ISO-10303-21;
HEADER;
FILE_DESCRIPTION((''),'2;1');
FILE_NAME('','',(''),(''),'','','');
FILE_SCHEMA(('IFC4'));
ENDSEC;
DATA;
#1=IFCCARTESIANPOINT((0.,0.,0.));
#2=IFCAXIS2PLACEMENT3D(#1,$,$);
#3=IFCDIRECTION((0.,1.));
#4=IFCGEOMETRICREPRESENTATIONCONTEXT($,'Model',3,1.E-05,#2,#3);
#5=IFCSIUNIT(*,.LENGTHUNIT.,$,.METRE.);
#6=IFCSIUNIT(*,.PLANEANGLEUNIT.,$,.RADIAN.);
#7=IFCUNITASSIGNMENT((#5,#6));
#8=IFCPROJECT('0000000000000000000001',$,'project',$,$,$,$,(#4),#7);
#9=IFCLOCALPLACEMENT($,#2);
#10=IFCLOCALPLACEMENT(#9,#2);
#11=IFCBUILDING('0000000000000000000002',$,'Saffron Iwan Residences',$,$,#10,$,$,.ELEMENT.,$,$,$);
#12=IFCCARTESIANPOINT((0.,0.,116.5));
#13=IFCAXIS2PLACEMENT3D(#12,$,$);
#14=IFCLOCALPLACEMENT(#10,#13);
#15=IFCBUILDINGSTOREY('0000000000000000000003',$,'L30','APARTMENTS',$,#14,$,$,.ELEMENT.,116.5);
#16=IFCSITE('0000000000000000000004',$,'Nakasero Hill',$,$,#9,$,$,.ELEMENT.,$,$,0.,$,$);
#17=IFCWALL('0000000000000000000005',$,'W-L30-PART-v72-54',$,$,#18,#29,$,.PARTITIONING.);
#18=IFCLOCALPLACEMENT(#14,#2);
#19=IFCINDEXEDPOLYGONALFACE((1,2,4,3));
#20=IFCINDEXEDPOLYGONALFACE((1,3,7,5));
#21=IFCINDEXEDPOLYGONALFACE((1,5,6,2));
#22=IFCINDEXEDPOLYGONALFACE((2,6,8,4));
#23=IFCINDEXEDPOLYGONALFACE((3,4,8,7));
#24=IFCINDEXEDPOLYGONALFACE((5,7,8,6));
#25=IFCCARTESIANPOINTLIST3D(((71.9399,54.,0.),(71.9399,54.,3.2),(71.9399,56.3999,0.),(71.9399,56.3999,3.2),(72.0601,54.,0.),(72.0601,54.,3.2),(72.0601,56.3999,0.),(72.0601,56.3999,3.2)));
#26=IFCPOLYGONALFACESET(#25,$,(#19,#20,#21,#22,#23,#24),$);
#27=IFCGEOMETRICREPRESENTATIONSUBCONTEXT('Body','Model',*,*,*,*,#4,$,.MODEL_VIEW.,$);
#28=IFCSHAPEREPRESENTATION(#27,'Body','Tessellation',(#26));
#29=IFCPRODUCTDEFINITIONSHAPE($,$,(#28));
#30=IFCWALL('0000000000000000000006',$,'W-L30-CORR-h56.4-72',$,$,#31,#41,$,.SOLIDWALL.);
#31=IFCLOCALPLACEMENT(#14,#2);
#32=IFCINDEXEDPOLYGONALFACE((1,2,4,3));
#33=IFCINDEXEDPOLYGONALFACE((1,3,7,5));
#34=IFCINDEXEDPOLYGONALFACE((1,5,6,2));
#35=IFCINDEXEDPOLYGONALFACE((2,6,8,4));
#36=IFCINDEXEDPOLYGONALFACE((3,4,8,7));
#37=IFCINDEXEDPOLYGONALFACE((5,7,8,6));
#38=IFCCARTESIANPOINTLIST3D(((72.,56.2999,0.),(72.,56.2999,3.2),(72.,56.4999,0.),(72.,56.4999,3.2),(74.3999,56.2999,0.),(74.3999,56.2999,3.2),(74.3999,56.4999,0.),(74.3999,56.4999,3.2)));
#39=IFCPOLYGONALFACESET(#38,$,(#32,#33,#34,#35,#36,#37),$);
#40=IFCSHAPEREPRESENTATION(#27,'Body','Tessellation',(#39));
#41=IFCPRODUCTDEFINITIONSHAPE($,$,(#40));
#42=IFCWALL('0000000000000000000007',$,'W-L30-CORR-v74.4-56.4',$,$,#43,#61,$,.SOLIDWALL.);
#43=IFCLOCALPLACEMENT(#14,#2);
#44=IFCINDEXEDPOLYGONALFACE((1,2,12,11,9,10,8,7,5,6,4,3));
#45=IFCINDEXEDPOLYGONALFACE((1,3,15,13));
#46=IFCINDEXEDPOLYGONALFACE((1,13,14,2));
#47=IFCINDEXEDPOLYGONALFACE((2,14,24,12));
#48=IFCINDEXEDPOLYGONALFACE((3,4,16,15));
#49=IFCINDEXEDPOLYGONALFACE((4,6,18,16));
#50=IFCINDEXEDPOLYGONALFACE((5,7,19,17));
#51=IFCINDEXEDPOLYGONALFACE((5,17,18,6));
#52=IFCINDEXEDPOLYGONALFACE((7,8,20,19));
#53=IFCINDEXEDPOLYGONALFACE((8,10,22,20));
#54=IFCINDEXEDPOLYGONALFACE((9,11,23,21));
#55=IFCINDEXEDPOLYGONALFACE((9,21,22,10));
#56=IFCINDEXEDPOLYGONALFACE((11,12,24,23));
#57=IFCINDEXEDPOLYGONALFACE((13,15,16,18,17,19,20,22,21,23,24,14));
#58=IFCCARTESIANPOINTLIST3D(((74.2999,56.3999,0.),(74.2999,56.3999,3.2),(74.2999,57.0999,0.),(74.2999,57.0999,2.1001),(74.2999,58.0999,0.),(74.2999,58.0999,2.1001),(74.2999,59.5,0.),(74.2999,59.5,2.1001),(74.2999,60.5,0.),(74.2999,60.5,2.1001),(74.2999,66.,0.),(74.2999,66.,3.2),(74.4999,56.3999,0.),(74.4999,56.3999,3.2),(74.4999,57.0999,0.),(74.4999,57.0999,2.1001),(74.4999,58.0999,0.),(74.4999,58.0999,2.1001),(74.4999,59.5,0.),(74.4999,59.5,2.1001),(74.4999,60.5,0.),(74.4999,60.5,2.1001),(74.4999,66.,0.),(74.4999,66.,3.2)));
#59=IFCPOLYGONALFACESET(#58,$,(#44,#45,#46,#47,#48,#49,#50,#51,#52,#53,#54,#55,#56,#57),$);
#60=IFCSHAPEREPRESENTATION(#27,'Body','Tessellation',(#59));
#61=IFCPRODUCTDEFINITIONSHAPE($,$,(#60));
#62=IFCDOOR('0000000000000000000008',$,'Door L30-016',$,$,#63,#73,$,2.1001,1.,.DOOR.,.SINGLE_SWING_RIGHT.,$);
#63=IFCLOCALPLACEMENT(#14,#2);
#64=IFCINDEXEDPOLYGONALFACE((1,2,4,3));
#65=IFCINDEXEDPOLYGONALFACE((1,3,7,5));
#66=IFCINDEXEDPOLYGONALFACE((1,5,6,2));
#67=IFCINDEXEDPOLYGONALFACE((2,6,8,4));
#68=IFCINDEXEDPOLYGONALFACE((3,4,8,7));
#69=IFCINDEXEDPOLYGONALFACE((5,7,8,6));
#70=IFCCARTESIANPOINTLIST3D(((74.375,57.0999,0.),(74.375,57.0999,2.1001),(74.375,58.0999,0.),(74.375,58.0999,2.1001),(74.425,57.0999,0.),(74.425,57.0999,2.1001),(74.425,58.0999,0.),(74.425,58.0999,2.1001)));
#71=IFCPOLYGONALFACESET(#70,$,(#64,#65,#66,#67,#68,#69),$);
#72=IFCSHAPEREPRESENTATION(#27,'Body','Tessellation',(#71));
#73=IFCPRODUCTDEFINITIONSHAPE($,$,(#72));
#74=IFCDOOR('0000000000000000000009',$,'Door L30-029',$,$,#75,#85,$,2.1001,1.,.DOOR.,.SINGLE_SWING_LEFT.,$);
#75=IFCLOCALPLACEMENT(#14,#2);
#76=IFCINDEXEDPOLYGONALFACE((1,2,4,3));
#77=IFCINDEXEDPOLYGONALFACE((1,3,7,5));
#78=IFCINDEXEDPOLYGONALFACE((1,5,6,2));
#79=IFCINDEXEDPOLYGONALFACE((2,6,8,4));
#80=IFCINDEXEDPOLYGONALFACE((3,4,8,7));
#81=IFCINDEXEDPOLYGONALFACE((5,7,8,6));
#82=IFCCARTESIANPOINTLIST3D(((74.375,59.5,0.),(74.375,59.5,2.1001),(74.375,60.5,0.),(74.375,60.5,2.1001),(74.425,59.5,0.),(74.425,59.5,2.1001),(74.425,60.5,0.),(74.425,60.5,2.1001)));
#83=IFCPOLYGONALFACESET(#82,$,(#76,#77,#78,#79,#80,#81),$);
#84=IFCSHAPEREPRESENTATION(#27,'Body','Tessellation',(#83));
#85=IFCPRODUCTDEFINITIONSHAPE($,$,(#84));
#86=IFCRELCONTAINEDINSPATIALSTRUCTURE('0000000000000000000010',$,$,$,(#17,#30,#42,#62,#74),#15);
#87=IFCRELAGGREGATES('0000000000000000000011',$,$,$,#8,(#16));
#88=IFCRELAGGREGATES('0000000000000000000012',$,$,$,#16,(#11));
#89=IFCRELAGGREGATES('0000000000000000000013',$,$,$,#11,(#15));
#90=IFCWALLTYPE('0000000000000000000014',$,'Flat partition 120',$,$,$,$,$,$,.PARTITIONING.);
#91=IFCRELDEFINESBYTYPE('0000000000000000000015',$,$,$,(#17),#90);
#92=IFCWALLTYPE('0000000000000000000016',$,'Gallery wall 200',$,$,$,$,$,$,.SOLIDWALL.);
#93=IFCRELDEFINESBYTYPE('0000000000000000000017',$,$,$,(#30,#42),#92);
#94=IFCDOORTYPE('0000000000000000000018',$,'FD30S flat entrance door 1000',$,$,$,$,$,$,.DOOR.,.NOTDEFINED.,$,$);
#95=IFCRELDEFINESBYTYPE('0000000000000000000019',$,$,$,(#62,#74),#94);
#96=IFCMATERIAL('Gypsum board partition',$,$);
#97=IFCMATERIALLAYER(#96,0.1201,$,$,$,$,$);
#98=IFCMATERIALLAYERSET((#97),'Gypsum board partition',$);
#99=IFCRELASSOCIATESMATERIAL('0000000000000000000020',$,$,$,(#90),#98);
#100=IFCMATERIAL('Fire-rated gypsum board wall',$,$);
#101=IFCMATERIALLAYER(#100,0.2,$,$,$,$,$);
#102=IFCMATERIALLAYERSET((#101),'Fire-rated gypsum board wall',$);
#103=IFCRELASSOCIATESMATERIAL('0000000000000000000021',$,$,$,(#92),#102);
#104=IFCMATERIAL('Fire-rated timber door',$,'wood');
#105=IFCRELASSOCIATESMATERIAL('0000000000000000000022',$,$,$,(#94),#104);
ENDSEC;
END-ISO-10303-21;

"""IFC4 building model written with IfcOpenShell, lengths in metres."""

from ifc_helpers import new_model, si_unit, direction, frame, frame_2d, origin, place, context, subcontext, project, spatial, rectangle, extrude, material, layer, layer_set, type_object, element, fill, save


model = new_model("IFC4")

# Units and contexts
model_context = context("Model", 3, precision=1e-05, world=origin(), true_north=direction((0.0, 1.0)))
body_context = subcontext(model_context, "Body", "Model", "MODEL_VIEW")
ifc_project = project(units=[si_unit("LENGTHUNIT", "METRE"), si_unit("PLANEANGLEUNIT", "RADIAN")], contexts=[model_context])

# Site, building, storey
site_placement = place(None, origin())
site = spatial("IfcSite", under=ifc_project, at=site_placement, Name="Nakasero Hill", CompositionType="ELEMENT", RefElevation=0.0)
building_placement = place(site_placement, origin())
building = spatial("IfcBuilding", under=site, at=building_placement, Name="Saffron Iwan Residences", CompositionType="ELEMENT")
storey_placement = place(building_placement, frame((0.0, 0.0, 116.5)))
storey = spatial("IfcBuildingStorey", under=building, at=storey_placement, Name="L30", Description="APARTMENTS", CompositionType="ELEMENT", Elevation=116.5)

# Shared definitions
ifc_material_1 = material(Name="Fire-rated gypsum board wall")

# Shared definitions
ifc_material_2 = material(Name="Gypsum board partition")
ifc_layer_1 = layer(ifc_material_2, 0.1201)
ifc_layer_set_1 = layer_set([ifc_layer_1], Name="Gypsum board partition")
wall_type_1 = type_object("IfcWallType", Name="Flat partition 120", PredefinedType="PARTITIONING", material=ifc_layer_set_1)

# Walls
wall_1_placement = place(storey_placement, frame((72.0, 54.0, 0.0), z_axis=(0.0, 0.0, 1.0), x_axis=(0.0, 1.0, 0.0)))
element("IfcWall", 1, at=wall_1_placement, inside=storey, type_object=wall_type_1, Name="W-L30-PART-v72-54", PredefinedType="PARTITIONING", context=body_context, shape_type="SweptSolid", body=[
    extrude(rectangle(XDim=2.3999, YDim=0.1201, at=frame_2d((1.2, 0.0))), origin(), (0.0, 0.0, 1.0), 3.2),
])
ifc_layer_2 = layer(ifc_material_1, 0.2)
ifc_layer_set_2 = layer_set([ifc_layer_2], Name="Fire-rated gypsum board wall")
wall_type_2 = type_object("IfcWallType", Name="Gallery wall 200", PredefinedType="SOLIDWALL", material=ifc_layer_set_2)
wall_2_placement = place(storey_placement, frame((72.0, 56.3999, 0.0), z_axis=(0.0, 0.0, 1.0), x_axis=(1.0, 0.0, 0.0)))
element("IfcWall", 2, at=wall_2_placement, inside=storey, type_object=wall_type_2, Name="W-L30-CORR-h56.4-72", PredefinedType="SOLIDWALL", context=body_context, shape_type="SweptSolid", body=[
    extrude(rectangle(XDim=2.3999, YDim=0.2, at=frame_2d((1.2, 0.0))), origin(), (0.0, 0.0, 1.0), 3.2),
])

# Wall, openings, doors
wall_3_placement = place(storey_placement, frame((74.3999, 56.3999, 0.0), z_axis=(0.0, 0.0, 1.0), x_axis=(0.0, 1.0, 0.0)))
wall_3 = element("IfcWall", 3, at=wall_3_placement, inside=storey, type_object=wall_type_2, Name="W-L30-CORR-v74.4-56.4", PredefinedType="SOLIDWALL", context=body_context, shape_type="SweptSolid", body=[
    extrude(rectangle(XDim=9.6001, YDim=0.2, at=frame_2d((4.8, 0.0))), origin(), (0.0, 0.0, 1.0), 3.2),
])
opening_1_placement = place(wall_3_placement, frame((0.7, 0.0, 0.0)))
opening_1 = element("IfcOpeningElement", 4, at=opening_1_placement, cuts=wall_3, PredefinedType="OPENING", context=body_context, shape_type="SweptSolid", body=[
    extrude(rectangle(XDim=1.0, YDim=2.1001, at=frame_2d((0.5, 1.05))), frame((0.0, 0.1099, 0.0), z_axis=(0.0, -1.0, 0.0), x_axis=(1.0, 0.0, 0.0)), (0.0, 0.0, 1.0), 0.22),
])
opening_2_placement = place(wall_3_placement, frame((3.1001, 0.0, 0.0)))
opening_2 = element("IfcOpeningElement", 5, at=opening_2_placement, cuts=wall_3, PredefinedType="OPENING", context=body_context, shape_type="SweptSolid", body=[
    extrude(rectangle(XDim=1.0, YDim=2.1001, at=frame_2d((0.5, 1.05))), frame((0.0, 0.1099, 0.0), z_axis=(0.0, -1.0, 0.0), x_axis=(1.0, 0.0, 0.0)), (0.0, 0.0, 1.0), 0.22),
])
ifc_material_3 = material(Name="Fire-rated timber door", Category="wood")
door_type_1 = type_object("IfcDoorType", Name="FD30S flat entrance door 1000", OperationType="NOTDEFINED", PredefinedType="DOOR", material=ifc_material_3)
door_1_placement = place(opening_1_placement, origin())
door_1 = element("IfcDoor", 6, at=door_1_placement, inside=storey, type_object=door_type_1, Name="Door L30-016", OperationType="SINGLE_SWING_RIGHT", OverallHeight=2.1001, OverallWidth=1.0, PredefinedType="DOOR", context=body_context, shape_type="SweptSolid", body=[
    extrude(rectangle(XDim=1.0, YDim=2.1001, at=frame_2d((0.5, 1.05))), frame((0.0, 0.0249, 0.0), z_axis=(0.0, -1.0, 0.0), x_axis=(1.0, 0.0, 0.0)), (0.0, 0.0, 1.0), 0.05),
])
fill(opening_1, door_1)
door_2_placement = place(opening_2_placement, origin())
door_2 = element("IfcDoor", 7, at=door_2_placement, inside=storey, type_object=door_type_1, Name="Door L30-029", OperationType="SINGLE_SWING_LEFT", OverallHeight=2.1001, OverallWidth=1.0, PredefinedType="DOOR", context=body_context, shape_type="SweptSolid", body=[
    extrude(rectangle(XDim=1.0, YDim=2.1001, at=frame_2d((0.5, 1.05))), frame((0.0, 0.0249, 0.0), z_axis=(0.0, -1.0, 0.0), x_axis=(1.0, 0.0, 0.0)), (0.0, 0.0, 1.0), 0.05),
])
fill(opening_2, door_2)

save(model, "model.ifc")
